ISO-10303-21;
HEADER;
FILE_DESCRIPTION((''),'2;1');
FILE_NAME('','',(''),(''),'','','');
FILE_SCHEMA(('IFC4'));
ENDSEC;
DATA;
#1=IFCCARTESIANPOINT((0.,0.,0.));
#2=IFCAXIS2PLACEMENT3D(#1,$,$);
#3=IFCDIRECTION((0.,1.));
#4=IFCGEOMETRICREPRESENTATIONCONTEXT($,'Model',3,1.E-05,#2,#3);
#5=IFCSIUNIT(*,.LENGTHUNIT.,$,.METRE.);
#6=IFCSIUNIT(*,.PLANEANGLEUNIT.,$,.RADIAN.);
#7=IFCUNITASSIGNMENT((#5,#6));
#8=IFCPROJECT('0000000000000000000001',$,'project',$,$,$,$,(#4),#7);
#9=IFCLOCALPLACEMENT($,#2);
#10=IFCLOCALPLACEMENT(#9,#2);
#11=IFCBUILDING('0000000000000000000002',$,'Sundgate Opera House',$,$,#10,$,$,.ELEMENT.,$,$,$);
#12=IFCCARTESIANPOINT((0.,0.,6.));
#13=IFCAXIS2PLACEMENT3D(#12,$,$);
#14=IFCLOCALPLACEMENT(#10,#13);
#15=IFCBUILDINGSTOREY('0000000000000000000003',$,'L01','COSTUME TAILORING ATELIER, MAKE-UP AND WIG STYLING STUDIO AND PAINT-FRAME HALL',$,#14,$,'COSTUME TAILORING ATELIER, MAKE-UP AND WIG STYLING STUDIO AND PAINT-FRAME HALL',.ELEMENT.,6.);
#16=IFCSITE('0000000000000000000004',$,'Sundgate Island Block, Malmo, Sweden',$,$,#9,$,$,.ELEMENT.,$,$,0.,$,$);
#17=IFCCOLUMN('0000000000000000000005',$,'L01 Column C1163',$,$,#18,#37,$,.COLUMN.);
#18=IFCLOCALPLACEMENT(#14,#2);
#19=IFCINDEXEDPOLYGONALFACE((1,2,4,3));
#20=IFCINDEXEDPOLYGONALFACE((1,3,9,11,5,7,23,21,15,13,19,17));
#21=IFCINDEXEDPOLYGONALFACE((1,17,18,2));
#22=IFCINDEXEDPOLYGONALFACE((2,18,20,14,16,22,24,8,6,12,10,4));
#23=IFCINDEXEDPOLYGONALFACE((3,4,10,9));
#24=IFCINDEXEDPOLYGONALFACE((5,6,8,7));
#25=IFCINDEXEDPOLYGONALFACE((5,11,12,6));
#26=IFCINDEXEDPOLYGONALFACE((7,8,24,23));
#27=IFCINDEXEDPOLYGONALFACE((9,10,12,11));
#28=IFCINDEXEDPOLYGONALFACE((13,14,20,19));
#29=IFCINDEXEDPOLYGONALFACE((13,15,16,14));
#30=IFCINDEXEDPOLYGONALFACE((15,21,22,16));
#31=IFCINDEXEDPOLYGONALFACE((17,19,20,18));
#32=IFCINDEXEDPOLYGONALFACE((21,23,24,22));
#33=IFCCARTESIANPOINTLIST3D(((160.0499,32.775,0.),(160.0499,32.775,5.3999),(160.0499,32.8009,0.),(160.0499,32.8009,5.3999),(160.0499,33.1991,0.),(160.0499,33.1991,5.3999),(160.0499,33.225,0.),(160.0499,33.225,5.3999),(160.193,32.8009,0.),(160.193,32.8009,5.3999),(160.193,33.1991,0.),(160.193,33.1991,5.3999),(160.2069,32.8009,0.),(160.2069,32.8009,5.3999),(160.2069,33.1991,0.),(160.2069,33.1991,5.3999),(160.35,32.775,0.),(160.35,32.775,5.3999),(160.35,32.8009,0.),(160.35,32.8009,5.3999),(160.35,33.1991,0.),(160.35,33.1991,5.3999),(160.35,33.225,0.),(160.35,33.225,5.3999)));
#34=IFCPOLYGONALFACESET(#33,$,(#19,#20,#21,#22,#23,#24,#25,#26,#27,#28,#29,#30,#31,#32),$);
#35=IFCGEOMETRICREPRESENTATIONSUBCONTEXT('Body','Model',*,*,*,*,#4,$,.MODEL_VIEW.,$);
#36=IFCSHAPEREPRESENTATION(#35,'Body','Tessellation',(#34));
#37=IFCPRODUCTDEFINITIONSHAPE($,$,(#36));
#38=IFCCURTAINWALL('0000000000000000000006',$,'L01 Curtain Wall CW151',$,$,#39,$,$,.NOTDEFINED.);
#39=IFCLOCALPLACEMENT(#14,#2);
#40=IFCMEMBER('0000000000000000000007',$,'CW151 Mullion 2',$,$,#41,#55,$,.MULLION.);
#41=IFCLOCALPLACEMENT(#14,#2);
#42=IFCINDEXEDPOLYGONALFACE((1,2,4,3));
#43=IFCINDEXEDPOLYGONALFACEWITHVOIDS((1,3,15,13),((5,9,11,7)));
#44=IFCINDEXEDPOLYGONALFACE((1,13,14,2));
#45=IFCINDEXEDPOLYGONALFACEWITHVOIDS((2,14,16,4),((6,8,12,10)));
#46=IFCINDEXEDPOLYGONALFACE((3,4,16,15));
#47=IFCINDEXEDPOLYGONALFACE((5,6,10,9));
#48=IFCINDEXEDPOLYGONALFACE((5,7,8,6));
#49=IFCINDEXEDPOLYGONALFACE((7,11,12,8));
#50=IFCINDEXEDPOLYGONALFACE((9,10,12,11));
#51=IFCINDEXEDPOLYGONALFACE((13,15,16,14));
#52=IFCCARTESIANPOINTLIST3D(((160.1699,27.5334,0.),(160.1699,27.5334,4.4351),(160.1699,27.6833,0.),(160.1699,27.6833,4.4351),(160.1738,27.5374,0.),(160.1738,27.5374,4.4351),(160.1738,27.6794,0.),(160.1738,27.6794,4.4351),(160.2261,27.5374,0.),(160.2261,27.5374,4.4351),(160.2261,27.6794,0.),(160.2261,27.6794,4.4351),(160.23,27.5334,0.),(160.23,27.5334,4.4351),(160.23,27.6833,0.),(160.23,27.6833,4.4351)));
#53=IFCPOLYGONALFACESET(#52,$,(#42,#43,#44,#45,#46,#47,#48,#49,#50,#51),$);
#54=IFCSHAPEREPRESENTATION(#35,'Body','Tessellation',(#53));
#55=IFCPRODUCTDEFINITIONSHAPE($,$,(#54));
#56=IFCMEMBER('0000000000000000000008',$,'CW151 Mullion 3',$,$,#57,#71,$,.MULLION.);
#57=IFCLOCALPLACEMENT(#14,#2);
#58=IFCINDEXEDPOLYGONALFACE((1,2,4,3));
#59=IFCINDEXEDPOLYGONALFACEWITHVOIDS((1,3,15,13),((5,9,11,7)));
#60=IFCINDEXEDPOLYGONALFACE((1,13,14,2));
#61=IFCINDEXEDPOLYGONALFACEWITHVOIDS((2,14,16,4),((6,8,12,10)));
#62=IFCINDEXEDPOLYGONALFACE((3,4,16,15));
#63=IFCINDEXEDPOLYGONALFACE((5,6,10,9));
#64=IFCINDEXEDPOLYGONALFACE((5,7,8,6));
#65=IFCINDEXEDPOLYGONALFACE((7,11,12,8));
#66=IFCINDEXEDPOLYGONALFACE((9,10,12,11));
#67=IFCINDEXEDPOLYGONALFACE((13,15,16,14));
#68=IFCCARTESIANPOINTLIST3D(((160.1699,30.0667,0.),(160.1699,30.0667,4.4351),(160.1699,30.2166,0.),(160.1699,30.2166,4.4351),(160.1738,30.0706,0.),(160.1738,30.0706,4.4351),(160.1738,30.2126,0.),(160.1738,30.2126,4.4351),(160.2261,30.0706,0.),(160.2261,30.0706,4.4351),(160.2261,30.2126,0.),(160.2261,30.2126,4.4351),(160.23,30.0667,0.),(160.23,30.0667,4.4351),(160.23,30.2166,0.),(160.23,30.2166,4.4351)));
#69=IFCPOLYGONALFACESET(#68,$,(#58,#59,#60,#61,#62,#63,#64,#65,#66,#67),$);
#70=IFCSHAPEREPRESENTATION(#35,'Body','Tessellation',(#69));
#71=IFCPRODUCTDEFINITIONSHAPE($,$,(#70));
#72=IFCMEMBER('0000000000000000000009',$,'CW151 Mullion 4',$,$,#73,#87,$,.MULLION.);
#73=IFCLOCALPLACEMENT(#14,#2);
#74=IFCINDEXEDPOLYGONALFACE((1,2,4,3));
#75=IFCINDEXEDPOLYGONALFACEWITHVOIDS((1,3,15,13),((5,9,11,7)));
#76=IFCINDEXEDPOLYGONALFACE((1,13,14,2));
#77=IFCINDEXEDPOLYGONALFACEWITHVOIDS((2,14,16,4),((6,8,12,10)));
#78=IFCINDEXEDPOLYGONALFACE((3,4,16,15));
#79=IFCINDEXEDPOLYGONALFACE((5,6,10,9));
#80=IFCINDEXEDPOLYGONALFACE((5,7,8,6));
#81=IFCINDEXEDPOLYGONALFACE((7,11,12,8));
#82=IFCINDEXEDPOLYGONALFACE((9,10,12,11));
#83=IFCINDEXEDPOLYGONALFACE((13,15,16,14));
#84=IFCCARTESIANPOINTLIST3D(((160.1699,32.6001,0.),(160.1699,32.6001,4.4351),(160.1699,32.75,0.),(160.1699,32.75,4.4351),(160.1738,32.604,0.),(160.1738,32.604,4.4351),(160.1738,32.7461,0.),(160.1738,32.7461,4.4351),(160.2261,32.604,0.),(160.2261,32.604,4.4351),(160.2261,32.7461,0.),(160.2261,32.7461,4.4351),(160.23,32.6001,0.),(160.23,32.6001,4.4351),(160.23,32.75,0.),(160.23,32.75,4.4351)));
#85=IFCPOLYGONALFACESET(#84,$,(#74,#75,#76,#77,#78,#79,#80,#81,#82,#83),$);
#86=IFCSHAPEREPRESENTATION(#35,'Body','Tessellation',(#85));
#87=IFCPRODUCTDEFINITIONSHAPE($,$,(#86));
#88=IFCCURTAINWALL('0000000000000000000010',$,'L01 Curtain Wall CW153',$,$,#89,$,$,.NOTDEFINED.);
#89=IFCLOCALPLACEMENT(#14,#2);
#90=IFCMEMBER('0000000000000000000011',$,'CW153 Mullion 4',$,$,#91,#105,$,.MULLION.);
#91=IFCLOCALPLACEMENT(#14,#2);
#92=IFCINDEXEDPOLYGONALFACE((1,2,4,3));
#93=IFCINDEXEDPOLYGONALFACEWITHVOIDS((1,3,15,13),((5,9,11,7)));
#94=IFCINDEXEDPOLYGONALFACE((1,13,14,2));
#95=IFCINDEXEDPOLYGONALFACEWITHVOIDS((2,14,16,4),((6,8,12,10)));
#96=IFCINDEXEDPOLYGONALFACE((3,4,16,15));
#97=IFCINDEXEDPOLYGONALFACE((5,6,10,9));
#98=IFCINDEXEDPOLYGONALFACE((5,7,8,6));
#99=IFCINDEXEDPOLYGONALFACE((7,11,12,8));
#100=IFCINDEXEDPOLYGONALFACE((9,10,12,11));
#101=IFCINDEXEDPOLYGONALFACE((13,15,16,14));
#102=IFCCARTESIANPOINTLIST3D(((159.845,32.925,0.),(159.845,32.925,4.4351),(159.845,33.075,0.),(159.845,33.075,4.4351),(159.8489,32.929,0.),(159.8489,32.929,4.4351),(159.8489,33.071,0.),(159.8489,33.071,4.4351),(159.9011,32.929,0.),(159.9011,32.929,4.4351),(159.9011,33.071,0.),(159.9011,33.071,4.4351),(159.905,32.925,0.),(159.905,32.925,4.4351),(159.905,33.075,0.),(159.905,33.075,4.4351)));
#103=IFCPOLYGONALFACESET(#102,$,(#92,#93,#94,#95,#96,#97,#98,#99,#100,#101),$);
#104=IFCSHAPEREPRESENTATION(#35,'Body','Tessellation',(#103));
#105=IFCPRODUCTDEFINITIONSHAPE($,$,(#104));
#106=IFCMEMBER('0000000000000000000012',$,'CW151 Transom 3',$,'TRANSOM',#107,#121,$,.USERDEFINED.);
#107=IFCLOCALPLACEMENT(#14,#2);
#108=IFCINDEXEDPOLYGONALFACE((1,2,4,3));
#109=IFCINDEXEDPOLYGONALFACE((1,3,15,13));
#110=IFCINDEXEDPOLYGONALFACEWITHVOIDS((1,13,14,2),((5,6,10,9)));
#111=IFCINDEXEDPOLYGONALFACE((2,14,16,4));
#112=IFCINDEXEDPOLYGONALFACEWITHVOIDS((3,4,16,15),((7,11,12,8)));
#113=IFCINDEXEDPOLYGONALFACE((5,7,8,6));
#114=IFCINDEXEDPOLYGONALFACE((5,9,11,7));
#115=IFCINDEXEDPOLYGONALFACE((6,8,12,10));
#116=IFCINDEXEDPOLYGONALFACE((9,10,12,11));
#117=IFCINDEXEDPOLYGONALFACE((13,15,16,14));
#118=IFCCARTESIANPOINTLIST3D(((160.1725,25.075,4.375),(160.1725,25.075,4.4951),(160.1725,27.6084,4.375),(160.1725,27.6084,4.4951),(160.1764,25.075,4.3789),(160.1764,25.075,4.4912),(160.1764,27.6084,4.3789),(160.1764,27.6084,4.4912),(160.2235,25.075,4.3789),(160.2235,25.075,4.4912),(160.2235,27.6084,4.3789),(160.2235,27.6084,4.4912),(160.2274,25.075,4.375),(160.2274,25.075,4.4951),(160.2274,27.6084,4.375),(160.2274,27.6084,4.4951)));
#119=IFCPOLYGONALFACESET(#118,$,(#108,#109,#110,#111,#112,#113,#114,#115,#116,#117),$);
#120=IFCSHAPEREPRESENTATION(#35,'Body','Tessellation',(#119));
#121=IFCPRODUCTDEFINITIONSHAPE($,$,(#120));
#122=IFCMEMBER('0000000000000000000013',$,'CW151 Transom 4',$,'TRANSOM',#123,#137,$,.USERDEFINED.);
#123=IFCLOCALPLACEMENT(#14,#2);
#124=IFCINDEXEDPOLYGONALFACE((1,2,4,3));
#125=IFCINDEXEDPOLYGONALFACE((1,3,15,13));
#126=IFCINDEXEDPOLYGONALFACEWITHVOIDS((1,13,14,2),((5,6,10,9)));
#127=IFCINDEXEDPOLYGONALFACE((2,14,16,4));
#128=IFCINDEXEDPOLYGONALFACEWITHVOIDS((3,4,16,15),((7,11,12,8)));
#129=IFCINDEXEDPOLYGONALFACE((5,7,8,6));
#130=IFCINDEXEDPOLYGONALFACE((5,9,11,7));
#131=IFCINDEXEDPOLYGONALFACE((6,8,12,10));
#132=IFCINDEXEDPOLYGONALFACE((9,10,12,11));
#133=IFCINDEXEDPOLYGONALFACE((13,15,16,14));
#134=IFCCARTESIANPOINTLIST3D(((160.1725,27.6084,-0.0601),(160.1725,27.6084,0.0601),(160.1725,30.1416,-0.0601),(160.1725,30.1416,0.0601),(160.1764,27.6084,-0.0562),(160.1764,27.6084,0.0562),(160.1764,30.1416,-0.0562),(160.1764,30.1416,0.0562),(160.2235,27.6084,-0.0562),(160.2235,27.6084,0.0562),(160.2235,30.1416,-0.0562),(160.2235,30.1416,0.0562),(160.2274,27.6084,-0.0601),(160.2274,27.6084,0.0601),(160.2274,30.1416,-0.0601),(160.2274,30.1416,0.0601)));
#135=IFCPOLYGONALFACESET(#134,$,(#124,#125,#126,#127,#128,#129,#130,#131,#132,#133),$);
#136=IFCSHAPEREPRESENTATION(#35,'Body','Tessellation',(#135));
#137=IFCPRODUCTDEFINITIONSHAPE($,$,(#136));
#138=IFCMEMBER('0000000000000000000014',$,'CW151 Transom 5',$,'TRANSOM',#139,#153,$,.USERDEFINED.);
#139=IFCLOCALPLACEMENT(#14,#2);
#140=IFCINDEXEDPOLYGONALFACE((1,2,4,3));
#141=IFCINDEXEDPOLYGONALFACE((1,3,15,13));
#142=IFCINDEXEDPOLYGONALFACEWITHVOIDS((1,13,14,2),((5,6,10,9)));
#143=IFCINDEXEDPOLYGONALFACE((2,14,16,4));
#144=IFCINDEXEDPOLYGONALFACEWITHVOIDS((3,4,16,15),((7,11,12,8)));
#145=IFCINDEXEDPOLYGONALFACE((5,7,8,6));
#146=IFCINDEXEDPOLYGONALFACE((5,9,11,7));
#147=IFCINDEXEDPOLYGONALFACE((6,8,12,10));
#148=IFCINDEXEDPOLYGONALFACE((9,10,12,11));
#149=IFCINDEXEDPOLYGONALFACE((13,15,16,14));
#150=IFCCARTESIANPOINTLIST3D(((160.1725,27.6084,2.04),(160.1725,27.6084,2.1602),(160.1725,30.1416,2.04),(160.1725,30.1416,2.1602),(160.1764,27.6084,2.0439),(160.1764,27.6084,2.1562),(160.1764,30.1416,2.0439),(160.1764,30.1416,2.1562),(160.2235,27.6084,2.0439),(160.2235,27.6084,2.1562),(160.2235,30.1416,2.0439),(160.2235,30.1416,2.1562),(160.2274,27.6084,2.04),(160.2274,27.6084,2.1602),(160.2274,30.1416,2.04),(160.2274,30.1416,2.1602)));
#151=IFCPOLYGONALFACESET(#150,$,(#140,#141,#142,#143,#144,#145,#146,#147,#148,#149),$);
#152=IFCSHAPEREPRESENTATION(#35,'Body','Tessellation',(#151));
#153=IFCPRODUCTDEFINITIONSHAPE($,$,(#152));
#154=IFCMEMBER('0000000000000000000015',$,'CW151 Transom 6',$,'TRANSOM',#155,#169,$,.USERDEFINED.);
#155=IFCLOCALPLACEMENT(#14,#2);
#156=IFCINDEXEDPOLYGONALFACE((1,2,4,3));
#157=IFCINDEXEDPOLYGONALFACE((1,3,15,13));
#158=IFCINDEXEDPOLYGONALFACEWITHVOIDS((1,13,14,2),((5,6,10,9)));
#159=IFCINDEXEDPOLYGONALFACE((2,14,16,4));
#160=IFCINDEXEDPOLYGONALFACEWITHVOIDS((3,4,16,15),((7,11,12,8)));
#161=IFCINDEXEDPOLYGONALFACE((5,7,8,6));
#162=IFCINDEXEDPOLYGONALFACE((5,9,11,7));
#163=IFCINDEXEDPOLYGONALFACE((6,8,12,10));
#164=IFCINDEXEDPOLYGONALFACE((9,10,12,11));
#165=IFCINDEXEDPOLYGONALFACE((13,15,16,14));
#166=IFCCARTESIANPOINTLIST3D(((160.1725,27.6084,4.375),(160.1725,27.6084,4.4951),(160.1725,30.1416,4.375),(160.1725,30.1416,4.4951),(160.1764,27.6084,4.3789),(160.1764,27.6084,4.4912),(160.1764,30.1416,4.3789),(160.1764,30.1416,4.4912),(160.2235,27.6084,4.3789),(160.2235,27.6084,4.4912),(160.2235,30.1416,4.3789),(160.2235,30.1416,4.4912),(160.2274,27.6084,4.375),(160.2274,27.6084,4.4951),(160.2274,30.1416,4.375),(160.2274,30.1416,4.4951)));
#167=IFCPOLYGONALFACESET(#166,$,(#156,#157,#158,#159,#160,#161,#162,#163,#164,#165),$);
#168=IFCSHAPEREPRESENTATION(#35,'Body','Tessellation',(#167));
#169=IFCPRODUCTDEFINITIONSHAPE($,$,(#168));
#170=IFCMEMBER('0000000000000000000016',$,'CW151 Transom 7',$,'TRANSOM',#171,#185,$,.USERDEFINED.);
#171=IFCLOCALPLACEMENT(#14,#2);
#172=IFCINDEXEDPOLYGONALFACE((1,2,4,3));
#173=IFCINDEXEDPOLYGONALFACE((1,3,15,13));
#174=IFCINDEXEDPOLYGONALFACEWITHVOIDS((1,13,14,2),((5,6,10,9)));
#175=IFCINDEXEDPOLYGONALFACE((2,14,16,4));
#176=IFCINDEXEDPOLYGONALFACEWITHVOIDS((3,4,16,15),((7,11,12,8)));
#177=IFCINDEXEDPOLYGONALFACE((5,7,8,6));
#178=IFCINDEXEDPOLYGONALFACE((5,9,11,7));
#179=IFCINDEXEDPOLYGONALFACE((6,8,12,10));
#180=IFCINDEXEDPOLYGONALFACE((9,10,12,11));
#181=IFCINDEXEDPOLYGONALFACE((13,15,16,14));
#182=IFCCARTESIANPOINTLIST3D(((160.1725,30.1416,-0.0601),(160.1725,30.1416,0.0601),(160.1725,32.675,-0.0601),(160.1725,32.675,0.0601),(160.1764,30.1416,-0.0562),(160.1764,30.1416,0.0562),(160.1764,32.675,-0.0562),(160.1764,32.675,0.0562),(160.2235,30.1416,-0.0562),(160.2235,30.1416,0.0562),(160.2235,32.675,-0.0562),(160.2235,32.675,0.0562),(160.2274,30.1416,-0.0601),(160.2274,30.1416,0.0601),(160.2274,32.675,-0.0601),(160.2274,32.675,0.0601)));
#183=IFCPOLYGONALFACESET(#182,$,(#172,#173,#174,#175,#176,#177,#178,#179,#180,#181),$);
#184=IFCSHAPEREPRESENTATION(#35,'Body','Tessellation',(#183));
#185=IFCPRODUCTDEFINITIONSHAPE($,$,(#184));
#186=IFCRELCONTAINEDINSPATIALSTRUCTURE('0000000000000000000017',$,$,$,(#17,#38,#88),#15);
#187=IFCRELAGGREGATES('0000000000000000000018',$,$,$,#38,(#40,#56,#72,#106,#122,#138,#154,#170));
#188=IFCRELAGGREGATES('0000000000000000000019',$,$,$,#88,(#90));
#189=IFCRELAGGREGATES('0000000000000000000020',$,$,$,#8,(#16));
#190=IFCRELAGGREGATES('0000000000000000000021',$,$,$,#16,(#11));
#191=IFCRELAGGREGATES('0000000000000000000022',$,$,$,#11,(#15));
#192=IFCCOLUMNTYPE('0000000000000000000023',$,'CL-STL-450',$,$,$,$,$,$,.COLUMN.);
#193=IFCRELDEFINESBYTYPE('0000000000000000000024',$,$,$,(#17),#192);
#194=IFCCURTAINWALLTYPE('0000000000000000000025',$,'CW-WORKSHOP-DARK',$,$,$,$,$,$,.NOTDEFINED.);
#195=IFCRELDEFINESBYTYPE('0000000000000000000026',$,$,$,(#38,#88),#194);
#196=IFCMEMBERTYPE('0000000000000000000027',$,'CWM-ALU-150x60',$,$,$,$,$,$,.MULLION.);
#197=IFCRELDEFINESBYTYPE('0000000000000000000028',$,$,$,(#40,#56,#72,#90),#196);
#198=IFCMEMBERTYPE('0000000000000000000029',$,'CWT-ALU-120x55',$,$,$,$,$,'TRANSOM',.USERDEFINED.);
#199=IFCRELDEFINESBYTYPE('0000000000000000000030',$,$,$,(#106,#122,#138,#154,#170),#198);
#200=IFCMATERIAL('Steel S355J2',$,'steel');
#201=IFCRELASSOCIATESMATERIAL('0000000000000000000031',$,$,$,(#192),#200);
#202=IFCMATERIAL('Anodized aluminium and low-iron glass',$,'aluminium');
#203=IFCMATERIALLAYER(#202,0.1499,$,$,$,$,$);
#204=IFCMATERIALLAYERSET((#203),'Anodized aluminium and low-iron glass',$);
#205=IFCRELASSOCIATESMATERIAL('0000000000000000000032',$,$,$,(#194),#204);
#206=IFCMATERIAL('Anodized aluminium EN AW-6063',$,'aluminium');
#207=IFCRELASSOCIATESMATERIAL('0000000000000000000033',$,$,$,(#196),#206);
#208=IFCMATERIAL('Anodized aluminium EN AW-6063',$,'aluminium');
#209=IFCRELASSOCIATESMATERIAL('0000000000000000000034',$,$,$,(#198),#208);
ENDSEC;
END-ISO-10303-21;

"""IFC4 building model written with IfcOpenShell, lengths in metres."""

from ifc_helpers import new_model, si_unit, direction, frame, origin, origin_2d, place, context, subcontext, project, spatial, hollow_rectangle, i_section, extrude, material, layer, layer_set, material_profile, profile_set, type_object, element, aggregate, save


model = new_model("IFC4")

# Units and contexts
model_context = context("Model", 3, precision=1e-05, world=origin(), true_north=direction((0.0, 1.0)))
body_context = subcontext(model_context, "Body", "Model", "MODEL_VIEW")
ifc_project = project(units=[si_unit("LENGTHUNIT", "METRE"), si_unit("PLANEANGLEUNIT", "RADIAN")], contexts=[model_context])

# Site, building, storey
site_placement = place(None, origin())
site = spatial("IfcSite", under=ifc_project, at=site_placement, Name="Sundgate Island Block, Malmo, Sweden", CompositionType="ELEMENT", RefElevation=0.0)
building_placement = place(site_placement, origin())
building = spatial("IfcBuilding", under=site, at=building_placement, Name="Sundgate Opera House", CompositionType="ELEMENT")
storey_placement = place(building_placement, frame((0.0, 0.0, 6.0)))
storey = spatial("IfcBuildingStorey", under=building, at=storey_placement, Name="L01", Description="COSTUME TAILORING ATELIER, MAKE-UP AND WIG STYLING STUDIO AND PAINT-FRAME HALL", LongName="COSTUME TAILORING ATELIER, MAKE-UP AND WIG STYLING STUDIO AND PAINT-FRAME HALL", CompositionType="ELEMENT", Elevation=6.0)

# Column
ifc_material_1 = material(Name="Steel S355J2", Category="steel")
ifc_material_profile_1 = material_profile(ifc_material_1, i_section(OverallWidth=0.3, OverallDepth=0.45, WebThickness=0.0139, FlangeThickness=0.0259, at=origin_2d()), Name="HEB 450")
ifc_profile_set_1 = profile_set([ifc_material_profile_1], Name="Steel S355J2")
column_type = type_object("IfcColumnType", Name="CL-STL-450", PredefinedType="COLUMN", material=ifc_profile_set_1)
column_placement = place(storey_placement, frame((160.2, 33.0, 0.0), z_axis=(0.0, 0.0, 1.0), x_axis=(1.0, 0.0, 0.0)))
element("IfcColumn", 1, at=column_placement, inside=storey, type_object=column_type, Name="L01 Column C1163", PredefinedType="COLUMN", context=body_context, shape_type="SweptSolid", body=[
    extrude(i_section(OverallWidth=0.3, OverallDepth=0.45, WebThickness=0.0139, FlangeThickness=0.0259, at=origin_2d()), origin(), (0.0, 0.0, 1.0), 5.3999),
])

# Curtain wall, members
ifc_material_2 = material(Name="Anodized aluminium and low-iron glass", Category="aluminium")
ifc_layer_1 = layer(ifc_material_2, 0.1499)
ifc_layer_set_1 = layer_set([ifc_layer_1], Name="Anodized aluminium and low-iron glass")
curtain_wall_type = type_object("IfcCurtainWallType", Name="CW-WORKSHOP-DARK", PredefinedType="NOTDEFINED", material=ifc_layer_set_1)
curtain_wall_1_placement = place(storey_placement, origin())
curtain_wall_1 = element("IfcCurtainWall", 2, at=curtain_wall_1_placement, inside=storey, type_object=curtain_wall_type, Name="L01 Curtain Wall CW151", PredefinedType="NOTDEFINED")
ifc_material_3 = material(Name="Anodized aluminium EN AW-6063", Category="aluminium")
ifc_material_profile_2 = material_profile(ifc_material_3, hollow_rectangle(XDim=0.0601, YDim=0.1499, WallThickness=0.0039, at=origin_2d()), Name="CWM 150x60x4")
ifc_profile_set_2 = profile_set([ifc_material_profile_2], Name="Anodized aluminium EN AW-6063")
member_type_1 = type_object("IfcMemberType", Name="CWM-ALU-150x60", PredefinedType="MULLION", material=ifc_profile_set_2)
member_1_placement = place(storey_placement, frame((160.2, 27.6084, 0.0), z_axis=(0.0, 0.0, 1.0), x_axis=(1.0, 0.0, 0.0)))
member_1 = element("IfcMember", 3, at=member_1_placement, type_object=member_type_1, Name="CW151 Mullion 2", PredefinedType="MULLION", context=body_context, shape_type="SweptSolid", body=[
    extrude(hollow_rectangle(XDim=0.0601, YDim=0.1499, WallThickness=0.0039, at=origin_2d()), origin(), (0.0, 0.0, 1.0), 4.4351),
])
member_2_placement = place(storey_placement, frame((160.2, 30.1416, 0.0), z_axis=(0.0, 0.0, 1.0), x_axis=(1.0, 0.0, 0.0)))
member_2 = element("IfcMember", 4, at=member_2_placement, type_object=member_type_1, Name="CW151 Mullion 3", PredefinedType="MULLION", context=body_context, shape_type="SweptSolid", body=[
    extrude(hollow_rectangle(XDim=0.0601, YDim=0.1499, WallThickness=0.0039, at=origin_2d()), origin(), (0.0, 0.0, 1.0), 4.4351),
])
member_3_placement = place(storey_placement, frame((160.2, 32.675, 0.0), z_axis=(0.0, 0.0, 1.0), x_axis=(1.0, 0.0, 0.0)))
member_3 = element("IfcMember", 5, at=member_3_placement, type_object=member_type_1, Name="CW151 Mullion 4", PredefinedType="MULLION", context=body_context, shape_type="SweptSolid", body=[
    extrude(hollow_rectangle(XDim=0.0601, YDim=0.1499, WallThickness=0.0039, at=origin_2d()), origin(), (0.0, 0.0, 1.0), 4.4351),
])

# Curtain wall, member
curtain_wall_2_placement = place(storey_placement, origin())
curtain_wall_2 = element("IfcCurtainWall", 6, at=curtain_wall_2_placement, inside=storey, type_object=curtain_wall_type, Name="L01 Curtain Wall CW153", PredefinedType="NOTDEFINED")
member_4_placement = place(storey_placement, frame((159.875, 33.0, 0.0), z_axis=(0.0, 0.0, 1.0), x_axis=(1.0, 0.0, 0.0)))
member_4 = element("IfcMember", 7, at=member_4_placement, type_object=member_type_1, Name="CW153 Mullion 4", PredefinedType="MULLION", context=body_context, shape_type="SweptSolid", body=[
    extrude(hollow_rectangle(XDim=0.0601, YDim=0.1499, WallThickness=0.0039, at=origin_2d()), origin(), (0.0, 0.0, 1.0), 4.4351),
])

# Members
ifc_material_4 = material(Name="Anodized aluminium EN AW-6063", Category="aluminium")
ifc_material_profile_3 = material_profile(ifc_material_4, hollow_rectangle(XDim=0.0549, YDim=0.1201, WallThickness=0.0039, at=origin_2d()), Name="CWT 120x55x4")
ifc_profile_set_3 = profile_set([ifc_material_profile_3], Name="Anodized aluminium EN AW-6063")
member_type_2 = type_object("IfcMemberType", Name="CWT-ALU-120x55", ElementType="TRANSOM", PredefinedType="USERDEFINED", material=ifc_profile_set_3)
member_5_placement = place(storey_placement, frame((160.2, 25.075, 4.4351), z_axis=(0.0, 1.0, 0.0), x_axis=(-1.0, 0.0, 0.0)))
member_5 = element("IfcMember", 8, at=member_5_placement, type_object=member_type_2, Name="CW151 Transom 3", ObjectType="TRANSOM", PredefinedType="USERDEFINED", context=body_context, shape_type="SweptSolid", body=[
    extrude(hollow_rectangle(XDim=0.0549, YDim=0.1201, WallThickness=0.0039, at=origin_2d()), origin(), (0.0, 0.0, 1.0), 2.5334),
])
member_6_placement = place(storey_placement, frame((160.2, 27.6084, 0.0), z_axis=(0.0, 1.0, 0.0), x_axis=(-1.0, 0.0, 0.0)))
member_6 = element("IfcMember", 9, at=member_6_placement, type_object=member_type_2, Name="CW151 Transom 4", ObjectType="TRANSOM", PredefinedType="USERDEFINED", context=body_context, shape_type="SweptSolid", body=[
    extrude(hollow_rectangle(XDim=0.0549, YDim=0.1201, WallThickness=0.0039, at=origin_2d()), origin(), (0.0, 0.0, 1.0), 2.5332),
])
member_7_placement = place(storey_placement, frame((160.2, 27.6084, 2.1001), z_axis=(0.0, 1.0, 0.0), x_axis=(-1.0, 0.0, 0.0)))
member_7 = element("IfcMember", 10, at=member_7_placement, type_object=member_type_2, Name="CW151 Transom 5", ObjectType="TRANSOM", PredefinedType="USERDEFINED", context=body_context, shape_type="SweptSolid", body=[
    extrude(hollow_rectangle(XDim=0.0549, YDim=0.1201, WallThickness=0.0039, at=origin_2d()), origin(), (0.0, 0.0, 1.0), 2.5332),
])
member_8_placement = place(storey_placement, frame((160.2, 27.6084, 4.4351), z_axis=(0.0, 1.0, 0.0), x_axis=(-1.0, 0.0, 0.0)))
member_8 = element("IfcMember", 11, at=member_8_placement, type_object=member_type_2, Name="CW151 Transom 6", ObjectType="TRANSOM", PredefinedType="USERDEFINED", context=body_context, shape_type="SweptSolid", body=[
    extrude(hollow_rectangle(XDim=0.0549, YDim=0.1201, WallThickness=0.0039, at=origin_2d()), origin(), (0.0, 0.0, 1.0), 2.5332),
])
member_9_placement = place(storey_placement, frame((160.2, 30.1416, 0.0), z_axis=(0.0, 1.0, 0.0), x_axis=(-1.0, 0.0, 0.0)))
member_9 = element("IfcMember", 12, at=member_9_placement, type_object=member_type_2, Name="CW151 Transom 7", ObjectType="TRANSOM", PredefinedType="USERDEFINED", context=body_context, shape_type="SweptSolid", body=[
    extrude(hollow_rectangle(XDim=0.0549, YDim=0.1201, WallThickness=0.0039, at=origin_2d()), origin(), (0.0, 0.0, 1.0), 2.5334),
])

aggregate(curtain_wall_1, [member_1, member_2, member_3, member_5, member_6, member_7, member_8, member_9])
aggregate(curtain_wall_2, [member_4])

save(model, "model.ifc")
